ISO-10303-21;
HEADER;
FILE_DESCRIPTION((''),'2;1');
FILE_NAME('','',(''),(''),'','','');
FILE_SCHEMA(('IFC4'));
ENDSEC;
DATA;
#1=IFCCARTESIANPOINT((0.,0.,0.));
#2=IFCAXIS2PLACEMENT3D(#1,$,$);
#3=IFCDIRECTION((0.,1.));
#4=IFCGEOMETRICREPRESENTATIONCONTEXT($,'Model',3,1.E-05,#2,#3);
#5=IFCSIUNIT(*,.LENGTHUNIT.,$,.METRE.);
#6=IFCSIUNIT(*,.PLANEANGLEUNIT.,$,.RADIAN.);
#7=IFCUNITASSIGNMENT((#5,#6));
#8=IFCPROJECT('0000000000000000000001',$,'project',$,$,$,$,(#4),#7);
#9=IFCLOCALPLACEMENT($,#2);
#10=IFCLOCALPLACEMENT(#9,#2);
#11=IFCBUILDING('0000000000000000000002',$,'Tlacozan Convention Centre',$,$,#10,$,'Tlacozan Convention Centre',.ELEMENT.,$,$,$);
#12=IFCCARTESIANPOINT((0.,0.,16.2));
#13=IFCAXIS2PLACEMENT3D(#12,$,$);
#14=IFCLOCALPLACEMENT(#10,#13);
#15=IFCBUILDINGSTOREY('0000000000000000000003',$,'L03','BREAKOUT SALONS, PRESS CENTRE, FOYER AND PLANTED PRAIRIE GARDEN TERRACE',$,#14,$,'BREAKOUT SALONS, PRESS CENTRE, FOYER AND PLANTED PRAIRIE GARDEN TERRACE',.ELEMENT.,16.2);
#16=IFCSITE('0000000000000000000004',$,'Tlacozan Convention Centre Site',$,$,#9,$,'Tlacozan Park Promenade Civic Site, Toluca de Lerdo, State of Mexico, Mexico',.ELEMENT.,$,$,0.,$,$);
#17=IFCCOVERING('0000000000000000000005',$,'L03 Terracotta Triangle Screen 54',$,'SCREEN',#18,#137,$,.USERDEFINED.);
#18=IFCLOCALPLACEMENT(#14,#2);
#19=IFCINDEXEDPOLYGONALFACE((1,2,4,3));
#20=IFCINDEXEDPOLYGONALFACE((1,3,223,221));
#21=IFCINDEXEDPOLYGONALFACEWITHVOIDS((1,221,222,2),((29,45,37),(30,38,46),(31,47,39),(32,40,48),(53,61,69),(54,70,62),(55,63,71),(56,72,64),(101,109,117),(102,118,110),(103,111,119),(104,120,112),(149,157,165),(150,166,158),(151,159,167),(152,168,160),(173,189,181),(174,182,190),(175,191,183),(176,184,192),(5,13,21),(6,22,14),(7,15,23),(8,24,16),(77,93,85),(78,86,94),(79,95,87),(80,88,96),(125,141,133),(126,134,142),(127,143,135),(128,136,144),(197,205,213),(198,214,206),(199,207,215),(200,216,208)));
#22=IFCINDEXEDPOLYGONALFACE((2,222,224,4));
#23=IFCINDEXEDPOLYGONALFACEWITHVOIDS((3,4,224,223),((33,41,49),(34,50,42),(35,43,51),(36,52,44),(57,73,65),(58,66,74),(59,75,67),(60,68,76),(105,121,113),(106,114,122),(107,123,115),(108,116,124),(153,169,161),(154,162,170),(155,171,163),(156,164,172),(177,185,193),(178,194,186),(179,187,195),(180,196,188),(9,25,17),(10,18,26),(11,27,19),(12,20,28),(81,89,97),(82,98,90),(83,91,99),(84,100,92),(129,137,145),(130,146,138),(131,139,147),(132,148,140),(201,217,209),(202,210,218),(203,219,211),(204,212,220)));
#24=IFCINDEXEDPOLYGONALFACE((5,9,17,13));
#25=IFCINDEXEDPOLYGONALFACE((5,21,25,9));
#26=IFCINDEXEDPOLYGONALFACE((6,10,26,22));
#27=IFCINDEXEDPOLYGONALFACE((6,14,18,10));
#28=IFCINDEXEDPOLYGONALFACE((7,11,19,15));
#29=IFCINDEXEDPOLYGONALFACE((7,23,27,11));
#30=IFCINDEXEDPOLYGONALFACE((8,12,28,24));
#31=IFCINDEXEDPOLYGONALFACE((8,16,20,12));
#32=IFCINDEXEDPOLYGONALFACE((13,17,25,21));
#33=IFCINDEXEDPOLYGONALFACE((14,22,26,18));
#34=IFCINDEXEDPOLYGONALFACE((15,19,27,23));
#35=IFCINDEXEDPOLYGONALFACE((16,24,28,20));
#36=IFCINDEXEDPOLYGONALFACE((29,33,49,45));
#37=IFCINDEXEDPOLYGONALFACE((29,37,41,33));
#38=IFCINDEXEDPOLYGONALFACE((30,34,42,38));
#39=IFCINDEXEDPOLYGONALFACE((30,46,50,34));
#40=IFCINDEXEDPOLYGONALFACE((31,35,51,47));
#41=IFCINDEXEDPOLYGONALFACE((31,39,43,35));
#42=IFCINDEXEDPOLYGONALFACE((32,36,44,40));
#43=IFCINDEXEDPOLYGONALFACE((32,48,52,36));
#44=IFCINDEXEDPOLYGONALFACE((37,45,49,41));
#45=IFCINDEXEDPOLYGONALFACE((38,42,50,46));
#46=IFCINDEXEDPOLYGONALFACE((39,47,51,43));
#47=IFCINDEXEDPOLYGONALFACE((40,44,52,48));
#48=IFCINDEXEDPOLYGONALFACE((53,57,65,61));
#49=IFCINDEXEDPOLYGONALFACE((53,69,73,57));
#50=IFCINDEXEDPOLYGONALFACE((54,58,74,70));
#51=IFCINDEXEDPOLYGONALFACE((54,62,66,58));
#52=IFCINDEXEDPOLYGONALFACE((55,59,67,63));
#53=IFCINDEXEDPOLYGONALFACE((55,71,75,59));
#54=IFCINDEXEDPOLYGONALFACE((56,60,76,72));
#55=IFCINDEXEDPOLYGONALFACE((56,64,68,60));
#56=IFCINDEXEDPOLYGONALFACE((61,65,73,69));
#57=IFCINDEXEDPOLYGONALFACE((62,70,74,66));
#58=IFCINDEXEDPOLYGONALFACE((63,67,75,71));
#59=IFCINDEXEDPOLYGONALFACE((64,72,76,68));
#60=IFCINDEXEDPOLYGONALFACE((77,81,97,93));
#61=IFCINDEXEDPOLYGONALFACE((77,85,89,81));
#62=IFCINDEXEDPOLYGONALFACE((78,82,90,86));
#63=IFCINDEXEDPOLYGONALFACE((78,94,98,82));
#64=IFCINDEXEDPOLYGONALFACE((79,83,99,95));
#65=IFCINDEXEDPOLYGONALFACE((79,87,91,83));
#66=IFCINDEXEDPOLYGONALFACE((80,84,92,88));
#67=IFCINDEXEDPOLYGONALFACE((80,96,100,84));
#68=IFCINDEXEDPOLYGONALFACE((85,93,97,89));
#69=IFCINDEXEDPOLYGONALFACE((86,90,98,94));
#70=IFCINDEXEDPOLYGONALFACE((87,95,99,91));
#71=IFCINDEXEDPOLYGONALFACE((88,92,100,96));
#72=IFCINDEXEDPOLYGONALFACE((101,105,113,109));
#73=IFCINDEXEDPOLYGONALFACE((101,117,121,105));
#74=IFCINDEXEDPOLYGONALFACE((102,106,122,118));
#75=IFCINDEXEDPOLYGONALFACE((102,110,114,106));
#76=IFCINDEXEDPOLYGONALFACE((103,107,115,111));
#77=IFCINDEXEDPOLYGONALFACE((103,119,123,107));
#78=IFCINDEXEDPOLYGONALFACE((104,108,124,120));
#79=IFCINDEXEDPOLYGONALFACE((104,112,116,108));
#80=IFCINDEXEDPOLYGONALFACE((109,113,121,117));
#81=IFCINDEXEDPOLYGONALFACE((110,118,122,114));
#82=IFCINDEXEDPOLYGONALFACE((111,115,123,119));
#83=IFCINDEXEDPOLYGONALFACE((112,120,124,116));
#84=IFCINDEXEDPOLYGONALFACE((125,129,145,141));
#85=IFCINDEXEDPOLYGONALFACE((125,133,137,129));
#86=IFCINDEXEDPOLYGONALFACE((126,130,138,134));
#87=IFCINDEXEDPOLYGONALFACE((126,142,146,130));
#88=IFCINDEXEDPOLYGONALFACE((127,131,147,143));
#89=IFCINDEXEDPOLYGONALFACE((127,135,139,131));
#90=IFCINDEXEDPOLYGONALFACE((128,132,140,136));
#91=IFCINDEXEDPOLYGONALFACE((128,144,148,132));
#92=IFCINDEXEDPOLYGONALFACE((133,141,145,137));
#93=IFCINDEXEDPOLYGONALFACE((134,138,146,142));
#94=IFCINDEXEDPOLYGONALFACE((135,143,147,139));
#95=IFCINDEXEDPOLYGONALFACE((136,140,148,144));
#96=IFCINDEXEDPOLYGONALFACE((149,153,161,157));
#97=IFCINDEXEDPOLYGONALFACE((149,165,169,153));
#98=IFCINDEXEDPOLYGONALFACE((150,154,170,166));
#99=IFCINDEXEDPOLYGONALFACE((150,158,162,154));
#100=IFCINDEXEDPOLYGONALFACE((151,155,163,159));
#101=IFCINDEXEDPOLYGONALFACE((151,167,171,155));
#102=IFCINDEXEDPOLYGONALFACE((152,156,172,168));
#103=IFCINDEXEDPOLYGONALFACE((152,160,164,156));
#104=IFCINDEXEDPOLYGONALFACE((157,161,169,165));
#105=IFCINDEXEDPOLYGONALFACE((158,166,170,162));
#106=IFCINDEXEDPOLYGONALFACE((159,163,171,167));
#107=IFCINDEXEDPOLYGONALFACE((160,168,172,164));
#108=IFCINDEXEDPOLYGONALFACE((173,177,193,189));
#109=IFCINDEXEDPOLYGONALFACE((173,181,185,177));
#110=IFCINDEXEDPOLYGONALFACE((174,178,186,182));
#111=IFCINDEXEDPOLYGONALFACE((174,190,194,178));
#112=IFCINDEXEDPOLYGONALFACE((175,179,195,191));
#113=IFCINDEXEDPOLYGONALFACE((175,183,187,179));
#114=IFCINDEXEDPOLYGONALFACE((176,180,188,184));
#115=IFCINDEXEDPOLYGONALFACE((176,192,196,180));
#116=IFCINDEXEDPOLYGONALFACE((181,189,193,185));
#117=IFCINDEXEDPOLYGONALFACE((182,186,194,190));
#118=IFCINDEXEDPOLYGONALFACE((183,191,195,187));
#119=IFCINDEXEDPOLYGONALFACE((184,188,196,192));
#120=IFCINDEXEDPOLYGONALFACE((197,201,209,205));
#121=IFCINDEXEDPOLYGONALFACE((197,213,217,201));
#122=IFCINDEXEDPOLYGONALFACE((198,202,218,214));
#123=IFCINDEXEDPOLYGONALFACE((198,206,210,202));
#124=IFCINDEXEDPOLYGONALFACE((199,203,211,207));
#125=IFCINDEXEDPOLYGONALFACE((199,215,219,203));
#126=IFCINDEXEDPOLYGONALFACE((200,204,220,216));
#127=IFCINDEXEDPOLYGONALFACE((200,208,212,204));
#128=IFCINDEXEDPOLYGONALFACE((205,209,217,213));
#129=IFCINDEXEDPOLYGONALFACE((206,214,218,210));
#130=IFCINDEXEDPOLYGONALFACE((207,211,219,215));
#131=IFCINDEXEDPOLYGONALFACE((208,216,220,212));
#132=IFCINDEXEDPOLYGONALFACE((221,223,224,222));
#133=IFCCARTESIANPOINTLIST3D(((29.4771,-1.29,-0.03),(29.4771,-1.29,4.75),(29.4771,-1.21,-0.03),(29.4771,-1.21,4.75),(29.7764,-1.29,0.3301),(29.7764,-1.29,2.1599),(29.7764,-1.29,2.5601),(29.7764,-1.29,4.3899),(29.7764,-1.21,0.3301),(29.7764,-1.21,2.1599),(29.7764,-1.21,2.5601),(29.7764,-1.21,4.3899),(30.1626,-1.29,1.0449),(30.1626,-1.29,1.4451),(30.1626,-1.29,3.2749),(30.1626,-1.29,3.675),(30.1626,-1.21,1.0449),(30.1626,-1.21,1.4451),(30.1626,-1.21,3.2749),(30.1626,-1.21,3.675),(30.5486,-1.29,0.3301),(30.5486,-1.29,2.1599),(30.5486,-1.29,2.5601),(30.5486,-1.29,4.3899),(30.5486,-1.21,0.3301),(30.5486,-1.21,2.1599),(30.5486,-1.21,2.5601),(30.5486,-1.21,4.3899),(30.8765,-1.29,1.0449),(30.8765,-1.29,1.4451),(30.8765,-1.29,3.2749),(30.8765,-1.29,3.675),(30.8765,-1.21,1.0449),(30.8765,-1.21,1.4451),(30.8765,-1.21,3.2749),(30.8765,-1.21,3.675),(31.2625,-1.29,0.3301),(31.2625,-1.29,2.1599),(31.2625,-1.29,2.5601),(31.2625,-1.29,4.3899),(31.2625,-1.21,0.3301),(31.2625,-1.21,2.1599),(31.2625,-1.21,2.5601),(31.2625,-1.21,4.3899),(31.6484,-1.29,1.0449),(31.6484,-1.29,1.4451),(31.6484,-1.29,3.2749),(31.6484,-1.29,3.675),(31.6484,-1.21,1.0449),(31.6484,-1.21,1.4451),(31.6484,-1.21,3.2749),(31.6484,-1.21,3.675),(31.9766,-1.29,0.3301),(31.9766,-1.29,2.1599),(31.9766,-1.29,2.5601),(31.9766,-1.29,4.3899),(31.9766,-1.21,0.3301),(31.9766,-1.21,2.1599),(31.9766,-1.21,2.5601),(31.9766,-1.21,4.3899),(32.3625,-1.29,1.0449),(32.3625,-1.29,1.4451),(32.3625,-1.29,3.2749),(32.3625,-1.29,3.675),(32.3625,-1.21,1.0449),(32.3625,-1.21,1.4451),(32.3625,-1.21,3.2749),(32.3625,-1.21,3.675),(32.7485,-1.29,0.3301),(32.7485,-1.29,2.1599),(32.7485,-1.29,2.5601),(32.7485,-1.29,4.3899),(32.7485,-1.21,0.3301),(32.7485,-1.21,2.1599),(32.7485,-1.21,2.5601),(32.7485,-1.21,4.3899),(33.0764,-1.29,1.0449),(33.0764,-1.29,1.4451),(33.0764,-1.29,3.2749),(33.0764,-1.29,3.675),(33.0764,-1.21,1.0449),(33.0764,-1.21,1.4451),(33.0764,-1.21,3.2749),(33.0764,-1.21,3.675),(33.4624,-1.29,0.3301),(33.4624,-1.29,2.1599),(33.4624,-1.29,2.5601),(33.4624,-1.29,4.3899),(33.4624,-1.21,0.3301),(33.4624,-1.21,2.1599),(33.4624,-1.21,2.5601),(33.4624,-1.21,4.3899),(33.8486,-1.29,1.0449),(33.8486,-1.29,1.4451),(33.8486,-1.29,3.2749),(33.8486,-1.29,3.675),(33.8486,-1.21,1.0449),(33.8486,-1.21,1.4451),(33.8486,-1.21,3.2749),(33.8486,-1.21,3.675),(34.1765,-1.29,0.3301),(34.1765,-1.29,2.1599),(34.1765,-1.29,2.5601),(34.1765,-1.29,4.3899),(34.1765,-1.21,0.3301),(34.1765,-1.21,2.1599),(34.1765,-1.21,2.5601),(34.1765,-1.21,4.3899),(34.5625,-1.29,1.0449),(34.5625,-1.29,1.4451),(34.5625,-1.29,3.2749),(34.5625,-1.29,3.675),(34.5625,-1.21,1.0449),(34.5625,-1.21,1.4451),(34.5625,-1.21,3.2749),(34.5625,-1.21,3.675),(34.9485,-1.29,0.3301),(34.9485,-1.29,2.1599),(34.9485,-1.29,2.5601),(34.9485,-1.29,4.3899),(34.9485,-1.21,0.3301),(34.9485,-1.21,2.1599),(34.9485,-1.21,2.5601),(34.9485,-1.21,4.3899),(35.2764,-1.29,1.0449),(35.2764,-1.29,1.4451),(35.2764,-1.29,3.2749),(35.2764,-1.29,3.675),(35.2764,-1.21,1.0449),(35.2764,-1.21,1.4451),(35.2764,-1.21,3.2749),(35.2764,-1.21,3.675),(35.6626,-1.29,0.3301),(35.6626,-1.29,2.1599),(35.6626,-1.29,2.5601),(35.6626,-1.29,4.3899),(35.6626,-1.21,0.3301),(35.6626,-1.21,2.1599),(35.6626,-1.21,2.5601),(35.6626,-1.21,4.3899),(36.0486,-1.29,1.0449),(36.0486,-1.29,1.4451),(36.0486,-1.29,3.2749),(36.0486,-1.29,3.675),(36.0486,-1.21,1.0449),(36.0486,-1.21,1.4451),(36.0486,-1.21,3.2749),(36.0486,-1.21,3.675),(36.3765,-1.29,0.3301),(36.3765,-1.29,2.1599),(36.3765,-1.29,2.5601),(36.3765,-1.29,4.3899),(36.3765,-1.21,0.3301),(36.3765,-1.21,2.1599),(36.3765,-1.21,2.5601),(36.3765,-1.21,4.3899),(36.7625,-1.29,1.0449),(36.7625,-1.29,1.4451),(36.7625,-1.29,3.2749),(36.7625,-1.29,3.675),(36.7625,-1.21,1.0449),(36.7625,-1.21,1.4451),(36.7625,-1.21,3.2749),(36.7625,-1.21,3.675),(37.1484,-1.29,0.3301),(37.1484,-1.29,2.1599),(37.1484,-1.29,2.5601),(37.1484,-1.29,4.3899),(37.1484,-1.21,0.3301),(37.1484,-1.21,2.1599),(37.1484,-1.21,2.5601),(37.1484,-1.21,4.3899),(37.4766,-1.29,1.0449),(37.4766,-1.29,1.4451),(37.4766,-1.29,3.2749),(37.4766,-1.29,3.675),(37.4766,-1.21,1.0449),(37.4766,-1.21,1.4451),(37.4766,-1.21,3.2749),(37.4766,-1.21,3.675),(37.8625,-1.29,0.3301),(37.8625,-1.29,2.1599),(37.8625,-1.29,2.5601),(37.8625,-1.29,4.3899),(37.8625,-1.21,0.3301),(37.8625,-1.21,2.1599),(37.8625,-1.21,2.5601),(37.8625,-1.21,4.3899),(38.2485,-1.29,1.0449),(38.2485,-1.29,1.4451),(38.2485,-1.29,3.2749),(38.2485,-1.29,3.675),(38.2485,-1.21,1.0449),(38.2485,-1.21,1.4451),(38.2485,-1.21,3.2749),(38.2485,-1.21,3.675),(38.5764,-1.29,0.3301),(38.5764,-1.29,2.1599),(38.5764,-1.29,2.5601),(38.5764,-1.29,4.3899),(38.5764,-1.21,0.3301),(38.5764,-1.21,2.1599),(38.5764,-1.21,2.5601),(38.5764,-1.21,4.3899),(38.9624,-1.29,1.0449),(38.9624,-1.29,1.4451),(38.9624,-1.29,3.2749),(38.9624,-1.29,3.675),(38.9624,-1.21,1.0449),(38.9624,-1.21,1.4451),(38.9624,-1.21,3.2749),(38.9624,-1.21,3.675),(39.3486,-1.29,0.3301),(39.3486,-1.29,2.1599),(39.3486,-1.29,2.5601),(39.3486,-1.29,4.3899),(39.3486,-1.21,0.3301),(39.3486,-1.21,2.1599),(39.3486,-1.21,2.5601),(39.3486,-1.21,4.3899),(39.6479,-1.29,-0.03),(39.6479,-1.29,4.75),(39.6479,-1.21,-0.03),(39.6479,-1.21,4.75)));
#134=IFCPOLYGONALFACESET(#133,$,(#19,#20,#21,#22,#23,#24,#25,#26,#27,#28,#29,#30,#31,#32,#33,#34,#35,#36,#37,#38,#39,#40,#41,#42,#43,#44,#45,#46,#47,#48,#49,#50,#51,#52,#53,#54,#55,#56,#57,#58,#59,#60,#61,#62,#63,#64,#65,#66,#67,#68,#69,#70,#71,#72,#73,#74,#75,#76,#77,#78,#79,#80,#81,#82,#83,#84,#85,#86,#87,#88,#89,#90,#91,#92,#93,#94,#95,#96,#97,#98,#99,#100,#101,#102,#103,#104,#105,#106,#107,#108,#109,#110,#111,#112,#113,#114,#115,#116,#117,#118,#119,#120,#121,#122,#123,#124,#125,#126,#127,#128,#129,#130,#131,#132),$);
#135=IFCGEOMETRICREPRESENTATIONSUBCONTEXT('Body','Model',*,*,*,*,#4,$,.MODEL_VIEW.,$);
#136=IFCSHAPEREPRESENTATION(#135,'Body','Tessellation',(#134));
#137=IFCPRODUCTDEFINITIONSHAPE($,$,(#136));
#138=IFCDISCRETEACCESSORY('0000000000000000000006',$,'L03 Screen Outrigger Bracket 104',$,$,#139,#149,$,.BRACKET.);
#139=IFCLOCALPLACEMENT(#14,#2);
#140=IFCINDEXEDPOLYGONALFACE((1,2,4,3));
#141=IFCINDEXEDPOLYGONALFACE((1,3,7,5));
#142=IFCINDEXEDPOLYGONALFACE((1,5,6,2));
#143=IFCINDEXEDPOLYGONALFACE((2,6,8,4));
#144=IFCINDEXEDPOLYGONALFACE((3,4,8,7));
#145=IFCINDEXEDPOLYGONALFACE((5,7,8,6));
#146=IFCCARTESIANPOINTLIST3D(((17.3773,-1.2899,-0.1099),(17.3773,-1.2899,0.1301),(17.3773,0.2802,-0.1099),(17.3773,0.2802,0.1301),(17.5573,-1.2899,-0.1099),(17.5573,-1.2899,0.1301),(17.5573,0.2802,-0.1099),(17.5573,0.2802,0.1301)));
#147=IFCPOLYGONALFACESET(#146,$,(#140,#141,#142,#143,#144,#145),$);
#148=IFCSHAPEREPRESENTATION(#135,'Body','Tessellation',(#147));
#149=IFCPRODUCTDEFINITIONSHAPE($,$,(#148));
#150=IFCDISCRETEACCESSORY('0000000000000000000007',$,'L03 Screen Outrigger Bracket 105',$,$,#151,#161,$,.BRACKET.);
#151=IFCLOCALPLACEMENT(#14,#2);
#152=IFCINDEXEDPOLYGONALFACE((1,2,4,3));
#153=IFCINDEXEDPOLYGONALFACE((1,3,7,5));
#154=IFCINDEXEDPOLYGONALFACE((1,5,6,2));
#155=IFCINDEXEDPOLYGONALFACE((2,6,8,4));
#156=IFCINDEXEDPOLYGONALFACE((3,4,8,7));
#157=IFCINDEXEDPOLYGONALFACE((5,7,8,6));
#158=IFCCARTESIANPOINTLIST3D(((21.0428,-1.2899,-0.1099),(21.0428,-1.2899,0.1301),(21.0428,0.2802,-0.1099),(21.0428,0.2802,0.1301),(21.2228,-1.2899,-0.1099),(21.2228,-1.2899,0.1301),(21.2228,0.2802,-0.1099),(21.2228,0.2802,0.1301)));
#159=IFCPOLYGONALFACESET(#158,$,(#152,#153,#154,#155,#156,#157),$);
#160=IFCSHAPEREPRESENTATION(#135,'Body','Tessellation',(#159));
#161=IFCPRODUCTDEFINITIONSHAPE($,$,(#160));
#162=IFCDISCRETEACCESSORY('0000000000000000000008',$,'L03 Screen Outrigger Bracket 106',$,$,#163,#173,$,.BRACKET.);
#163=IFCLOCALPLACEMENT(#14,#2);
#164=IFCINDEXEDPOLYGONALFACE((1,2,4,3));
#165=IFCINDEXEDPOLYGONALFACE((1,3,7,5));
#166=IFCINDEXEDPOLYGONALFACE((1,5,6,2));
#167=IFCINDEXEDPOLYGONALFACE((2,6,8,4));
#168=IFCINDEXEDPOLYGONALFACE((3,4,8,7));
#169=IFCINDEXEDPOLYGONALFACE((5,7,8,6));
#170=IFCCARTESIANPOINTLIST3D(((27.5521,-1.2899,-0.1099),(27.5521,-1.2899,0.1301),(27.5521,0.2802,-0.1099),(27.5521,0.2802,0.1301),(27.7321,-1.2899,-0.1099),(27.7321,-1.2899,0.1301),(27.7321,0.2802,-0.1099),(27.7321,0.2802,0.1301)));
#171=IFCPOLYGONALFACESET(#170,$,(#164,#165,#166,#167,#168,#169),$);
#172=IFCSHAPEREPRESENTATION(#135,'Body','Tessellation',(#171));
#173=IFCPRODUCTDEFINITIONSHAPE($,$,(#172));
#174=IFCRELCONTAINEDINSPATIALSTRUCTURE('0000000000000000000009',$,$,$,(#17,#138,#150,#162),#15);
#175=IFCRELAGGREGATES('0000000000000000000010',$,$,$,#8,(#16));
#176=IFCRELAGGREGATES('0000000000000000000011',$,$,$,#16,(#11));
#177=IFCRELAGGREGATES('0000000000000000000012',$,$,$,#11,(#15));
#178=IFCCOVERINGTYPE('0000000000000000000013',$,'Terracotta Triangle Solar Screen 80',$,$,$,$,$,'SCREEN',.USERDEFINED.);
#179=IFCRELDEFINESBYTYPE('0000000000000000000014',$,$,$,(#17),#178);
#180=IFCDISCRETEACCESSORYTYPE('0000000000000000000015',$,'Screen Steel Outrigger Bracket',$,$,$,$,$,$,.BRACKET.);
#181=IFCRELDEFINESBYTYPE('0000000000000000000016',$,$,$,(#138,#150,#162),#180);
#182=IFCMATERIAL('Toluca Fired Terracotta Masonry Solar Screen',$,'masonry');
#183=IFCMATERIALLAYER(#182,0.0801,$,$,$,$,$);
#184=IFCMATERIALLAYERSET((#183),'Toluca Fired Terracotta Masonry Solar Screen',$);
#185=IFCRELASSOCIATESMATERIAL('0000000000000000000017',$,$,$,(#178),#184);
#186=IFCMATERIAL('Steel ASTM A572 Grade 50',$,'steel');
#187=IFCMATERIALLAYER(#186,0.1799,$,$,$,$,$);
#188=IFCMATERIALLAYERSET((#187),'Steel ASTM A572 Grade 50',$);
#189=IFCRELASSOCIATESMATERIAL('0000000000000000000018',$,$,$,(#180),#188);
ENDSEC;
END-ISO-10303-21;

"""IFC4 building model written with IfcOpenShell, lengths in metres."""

from ifc_helpers import new_model, si_unit, direction, frame, origin, origin_2d, place, context, subcontext, project, spatial, polyline, rectangle, outline, extrude, material, layer, layer_set, type_object, element, save


model = new_model("IFC4")

# Units and contexts
model_context = context("Model", 3, precision=1e-05, world=origin(), true_north=direction((0.0, 1.0)))
body_context = subcontext(model_context, "Body", "Model", "MODEL_VIEW")
ifc_project = project(units=[si_unit("LENGTHUNIT", "METRE"), si_unit("PLANEANGLEUNIT", "RADIAN")], contexts=[model_context])

# Site, building, storey
site_placement = place(None, origin())
site = spatial("IfcSite", under=ifc_project, at=site_placement, Name="Tlacozan Convention Centre Site", LongName="Tlacozan Park Promenade Civic Site, Toluca de Lerdo, State of Mexico, Mexico", CompositionType="ELEMENT", RefElevation=0.0)
building_placement = place(site_placement, origin())
building = spatial("IfcBuilding", under=site, at=building_placement, Name="Tlacozan Convention Centre", LongName="Tlacozan Convention Centre", CompositionType="ELEMENT")
storey_placement = place(building_placement, frame((0.0, 0.0, 16.2)))
storey = spatial("IfcBuildingStorey", under=building, at=storey_placement, Name="L03", Description="BREAKOUT SALONS, PRESS CENTRE, FOYER AND PLANTED PRAIRIE GARDEN TERRACE", LongName="BREAKOUT SALONS, PRESS CENTRE, FOYER AND PLANTED PRAIRIE GARDEN TERRACE", CompositionType="ELEMENT", Elevation=16.2)

# Covering
ifc_material_1 = material(Name="Toluca Fired Terracotta Masonry Solar Screen", Category="masonry")
ifc_layer_1 = layer(ifc_material_1, 0.0801)
ifc_layer_set_1 = layer_set([ifc_layer_1], Name="Toluca Fired Terracotta Masonry Solar Screen")
covering_type = type_object("IfcCoveringType", Name="Terracotta Triangle Solar Screen 80", ElementType="SCREEN", PredefinedType="USERDEFINED", material=ifc_layer_set_1)
covering_1_placement = place(storey_placement, frame((29.4771, -1.25, -0.03), z_axis=(0.0, 0.0, 1.0), x_axis=(1.0, 0.0, 0.0)))
element("IfcCovering", 1, at=covering_1_placement, inside=storey, type_object=covering_type, Name="L03 Terracotta Triangle Screen 54", ObjectType="SCREEN", PredefinedType="USERDEFINED", context=body_context, shape_type="SweptSolid", body=[
    extrude(outline(polyline([(0.0, 0.0), (10.1709, 0.0), (10.1709, 4.78), (0.0, 4.78), (0.0, 0.0)]), holes=[polyline([(0.2993, 0.3601), (1.0715, 0.3601), (0.6855, 1.075), (0.2993, 0.3601)]), polyline([(1.3994, 1.075), (2.1714, 1.075), (1.7854, 0.3601), (1.3994, 1.075)]), polyline([(2.4995, 0.3601), (3.2715, 0.3601), (2.8855, 1.075), (2.4995, 0.3601)]), polyline([(3.5994, 1.075), (4.3716, 1.075), (3.9854, 0.3601), (3.5994, 1.075)]), polyline([(4.6995, 0.3601), (5.4714, 0.3601), (5.0854, 1.075), (4.6995, 0.3601)]), polyline([(5.7993, 1.075), (6.5715, 1.075), (6.1855, 0.3601), (5.7993, 1.075)]), polyline([(6.8994, 0.3601), (7.6714, 0.3601), (7.2854, 1.075), (6.8994, 0.3601)]), polyline([(7.9995, 1.075), (8.7715, 1.075), (8.3855, 0.3601), (7.9995, 1.075)]), polyline([(9.0994, 0.3601), (9.8716, 0.3601), (9.4854, 1.075), (9.0994, 0.3601)]), polyline([(0.2993, 2.1899), (1.0715, 2.1899), (0.6855, 1.4751), (0.2993, 2.1899)]), polyline([(1.3994, 1.4751), (2.1714, 1.4751), (1.7854, 2.1899), (1.3994, 1.4751)]), polyline([(2.4995, 2.1899), (3.2715, 2.1899), (2.8855, 1.4751), (2.4995, 2.1899)]), polyline([(3.5994, 1.4751), (4.3716, 1.4751), (3.9854, 2.1899), (3.5994, 1.4751)]), polyline([(4.6995, 2.1899), (5.4714, 2.1899), (5.0854, 1.4751), (4.6995, 2.1899)]), polyline([(5.7993, 1.4751), (6.5715, 1.4751), (6.1855, 2.1899), (5.7993, 1.4751)]), polyline([(6.8994, 2.1899), (7.6714, 2.1899), (7.2854, 1.4751), (6.8994, 2.1899)]), polyline([(7.9995, 1.4751), (8.7715, 1.4751), (8.3855, 2.1899), (7.9995, 1.4751)]), polyline([(9.0994, 2.1899), (9.8716, 2.1899), (9.4854, 1.4751), (9.0994, 2.1899)]), polyline([(0.2993, 2.5901), (1.0715, 2.5901), (0.6855, 3.3049), (0.2993, 2.5901)]), polyline([(1.3994, 3.3049), (2.1714, 3.3049), (1.7854, 2.5901), (1.3994, 3.3049)]), polyline([(2.4995, 2.5901), (3.2715, 2.5901), (2.8855, 3.3049), (2.4995, 2.5901)]), polyline([(3.5994, 3.3049), (4.3716, 3.3049), (3.9854, 2.5901), (3.5994, 3.3049)]), polyline([(4.6995, 2.5901), (5.4714, 2.5901), (5.0854, 3.3049), (4.6995, 2.5901)]), polyline([(5.7993, 3.3049), (6.5715, 3.3049), (6.1855, 2.5901), (5.7993, 3.3049)]), polyline([(6.8994, 2.5901), (7.6714, 2.5901), (7.2854, 3.3049), (6.8994, 2.5901)]), polyline([(7.9995, 3.3049), (8.7715, 3.3049), (8.3855, 2.5901), (7.9995, 3.3049)]), polyline([(9.0994, 2.5901), (9.8716, 2.5901), (9.4854, 3.3049), (9.0994, 2.5901)]), polyline([(0.2993, 4.4199), (1.0715, 4.4199), (0.6855, 3.7051), (0.2993, 4.4199)]), polyline([(1.3994, 3.7051), (2.1714, 3.7051), (1.7854, 4.4199), (1.3994, 3.7051)]), polyline([(2.4995, 4.4199), (3.2715, 4.4199), (2.8855, 3.7051), (2.4995, 4.4199)]), polyline([(3.5994, 3.7051), (4.3716, 3.7051), (3.9854, 4.4199), (3.5994, 3.7051)]), polyline([(4.6995, 4.4199), (5.4714, 4.4199), (5.0854, 3.7051), (4.6995, 4.4199)]), polyline([(5.7993, 3.7051), (6.5715, 3.7051), (6.1855, 4.4199), (5.7993, 3.7051)]), polyline([(6.8994, 4.4199), (7.6714, 4.4199), (7.2854, 3.7051), (6.8994, 4.4199)]), polyline([(7.9995, 3.7051), (8.7715, 3.7051), (8.3855, 4.4199), (7.9995, 3.7051)]), polyline([(9.0994, 4.4199), (9.8716, 4.4199), (9.4854, 3.7051), (9.0994, 4.4199)])]), frame((0.0, 0.04, 0.0), z_axis=(0.0, -1.0, 0.0), x_axis=(1.0, 0.0, 0.0)), (0.0, 0.0, 1.0), 0.0801),
])

# Discrete accessories
ifc_material_2 = material(Name="Steel ASTM A572 Grade 50", Category="steel")
ifc_layer_2 = layer(ifc_material_2, 0.1799)
ifc_layer_set_2 = layer_set([ifc_layer_2], Name="Steel ASTM A572 Grade 50")
discrete_accessory_type = type_object("IfcDiscreteAccessoryType", Name="Screen Steel Outrigger Bracket", PredefinedType="BRACKET", material=ifc_layer_set_2)
for number, where, z_axis, x_axis, name in (
    (2, (17.4673, -0.5049, -0.1099), (0.0, 0.0, 1.0), (0.0, 1.0, 0.0), "L03 Screen Outrigger Bracket 104"),
    (3, (21.1328, -0.5049, -0.1099), (0.0, 0.0, 1.0), (0.0, 1.0, 0.0), "L03 Screen Outrigger Bracket 105"),
    (4, (27.6421, -0.5049, -0.1099), (0.0, 0.0, 1.0), (0.0, 1.0, 0.0), "L03 Screen Outrigger Bracket 106"),
):
    element("IfcDiscreteAccessory", number, at=place(storey_placement, frame(where, z_axis=z_axis, x_axis=x_axis)), inside=storey, type_object=discrete_accessory_type, Name=name, PredefinedType="BRACKET", context=body_context, shape_type="SweptSolid", body=[
        extrude(rectangle(XDim=1.5701, YDim=0.1799, at=origin_2d()), origin(), (0.0, 0.0, 1.0), 0.24),
    ])

save(model, "model.ifc")
